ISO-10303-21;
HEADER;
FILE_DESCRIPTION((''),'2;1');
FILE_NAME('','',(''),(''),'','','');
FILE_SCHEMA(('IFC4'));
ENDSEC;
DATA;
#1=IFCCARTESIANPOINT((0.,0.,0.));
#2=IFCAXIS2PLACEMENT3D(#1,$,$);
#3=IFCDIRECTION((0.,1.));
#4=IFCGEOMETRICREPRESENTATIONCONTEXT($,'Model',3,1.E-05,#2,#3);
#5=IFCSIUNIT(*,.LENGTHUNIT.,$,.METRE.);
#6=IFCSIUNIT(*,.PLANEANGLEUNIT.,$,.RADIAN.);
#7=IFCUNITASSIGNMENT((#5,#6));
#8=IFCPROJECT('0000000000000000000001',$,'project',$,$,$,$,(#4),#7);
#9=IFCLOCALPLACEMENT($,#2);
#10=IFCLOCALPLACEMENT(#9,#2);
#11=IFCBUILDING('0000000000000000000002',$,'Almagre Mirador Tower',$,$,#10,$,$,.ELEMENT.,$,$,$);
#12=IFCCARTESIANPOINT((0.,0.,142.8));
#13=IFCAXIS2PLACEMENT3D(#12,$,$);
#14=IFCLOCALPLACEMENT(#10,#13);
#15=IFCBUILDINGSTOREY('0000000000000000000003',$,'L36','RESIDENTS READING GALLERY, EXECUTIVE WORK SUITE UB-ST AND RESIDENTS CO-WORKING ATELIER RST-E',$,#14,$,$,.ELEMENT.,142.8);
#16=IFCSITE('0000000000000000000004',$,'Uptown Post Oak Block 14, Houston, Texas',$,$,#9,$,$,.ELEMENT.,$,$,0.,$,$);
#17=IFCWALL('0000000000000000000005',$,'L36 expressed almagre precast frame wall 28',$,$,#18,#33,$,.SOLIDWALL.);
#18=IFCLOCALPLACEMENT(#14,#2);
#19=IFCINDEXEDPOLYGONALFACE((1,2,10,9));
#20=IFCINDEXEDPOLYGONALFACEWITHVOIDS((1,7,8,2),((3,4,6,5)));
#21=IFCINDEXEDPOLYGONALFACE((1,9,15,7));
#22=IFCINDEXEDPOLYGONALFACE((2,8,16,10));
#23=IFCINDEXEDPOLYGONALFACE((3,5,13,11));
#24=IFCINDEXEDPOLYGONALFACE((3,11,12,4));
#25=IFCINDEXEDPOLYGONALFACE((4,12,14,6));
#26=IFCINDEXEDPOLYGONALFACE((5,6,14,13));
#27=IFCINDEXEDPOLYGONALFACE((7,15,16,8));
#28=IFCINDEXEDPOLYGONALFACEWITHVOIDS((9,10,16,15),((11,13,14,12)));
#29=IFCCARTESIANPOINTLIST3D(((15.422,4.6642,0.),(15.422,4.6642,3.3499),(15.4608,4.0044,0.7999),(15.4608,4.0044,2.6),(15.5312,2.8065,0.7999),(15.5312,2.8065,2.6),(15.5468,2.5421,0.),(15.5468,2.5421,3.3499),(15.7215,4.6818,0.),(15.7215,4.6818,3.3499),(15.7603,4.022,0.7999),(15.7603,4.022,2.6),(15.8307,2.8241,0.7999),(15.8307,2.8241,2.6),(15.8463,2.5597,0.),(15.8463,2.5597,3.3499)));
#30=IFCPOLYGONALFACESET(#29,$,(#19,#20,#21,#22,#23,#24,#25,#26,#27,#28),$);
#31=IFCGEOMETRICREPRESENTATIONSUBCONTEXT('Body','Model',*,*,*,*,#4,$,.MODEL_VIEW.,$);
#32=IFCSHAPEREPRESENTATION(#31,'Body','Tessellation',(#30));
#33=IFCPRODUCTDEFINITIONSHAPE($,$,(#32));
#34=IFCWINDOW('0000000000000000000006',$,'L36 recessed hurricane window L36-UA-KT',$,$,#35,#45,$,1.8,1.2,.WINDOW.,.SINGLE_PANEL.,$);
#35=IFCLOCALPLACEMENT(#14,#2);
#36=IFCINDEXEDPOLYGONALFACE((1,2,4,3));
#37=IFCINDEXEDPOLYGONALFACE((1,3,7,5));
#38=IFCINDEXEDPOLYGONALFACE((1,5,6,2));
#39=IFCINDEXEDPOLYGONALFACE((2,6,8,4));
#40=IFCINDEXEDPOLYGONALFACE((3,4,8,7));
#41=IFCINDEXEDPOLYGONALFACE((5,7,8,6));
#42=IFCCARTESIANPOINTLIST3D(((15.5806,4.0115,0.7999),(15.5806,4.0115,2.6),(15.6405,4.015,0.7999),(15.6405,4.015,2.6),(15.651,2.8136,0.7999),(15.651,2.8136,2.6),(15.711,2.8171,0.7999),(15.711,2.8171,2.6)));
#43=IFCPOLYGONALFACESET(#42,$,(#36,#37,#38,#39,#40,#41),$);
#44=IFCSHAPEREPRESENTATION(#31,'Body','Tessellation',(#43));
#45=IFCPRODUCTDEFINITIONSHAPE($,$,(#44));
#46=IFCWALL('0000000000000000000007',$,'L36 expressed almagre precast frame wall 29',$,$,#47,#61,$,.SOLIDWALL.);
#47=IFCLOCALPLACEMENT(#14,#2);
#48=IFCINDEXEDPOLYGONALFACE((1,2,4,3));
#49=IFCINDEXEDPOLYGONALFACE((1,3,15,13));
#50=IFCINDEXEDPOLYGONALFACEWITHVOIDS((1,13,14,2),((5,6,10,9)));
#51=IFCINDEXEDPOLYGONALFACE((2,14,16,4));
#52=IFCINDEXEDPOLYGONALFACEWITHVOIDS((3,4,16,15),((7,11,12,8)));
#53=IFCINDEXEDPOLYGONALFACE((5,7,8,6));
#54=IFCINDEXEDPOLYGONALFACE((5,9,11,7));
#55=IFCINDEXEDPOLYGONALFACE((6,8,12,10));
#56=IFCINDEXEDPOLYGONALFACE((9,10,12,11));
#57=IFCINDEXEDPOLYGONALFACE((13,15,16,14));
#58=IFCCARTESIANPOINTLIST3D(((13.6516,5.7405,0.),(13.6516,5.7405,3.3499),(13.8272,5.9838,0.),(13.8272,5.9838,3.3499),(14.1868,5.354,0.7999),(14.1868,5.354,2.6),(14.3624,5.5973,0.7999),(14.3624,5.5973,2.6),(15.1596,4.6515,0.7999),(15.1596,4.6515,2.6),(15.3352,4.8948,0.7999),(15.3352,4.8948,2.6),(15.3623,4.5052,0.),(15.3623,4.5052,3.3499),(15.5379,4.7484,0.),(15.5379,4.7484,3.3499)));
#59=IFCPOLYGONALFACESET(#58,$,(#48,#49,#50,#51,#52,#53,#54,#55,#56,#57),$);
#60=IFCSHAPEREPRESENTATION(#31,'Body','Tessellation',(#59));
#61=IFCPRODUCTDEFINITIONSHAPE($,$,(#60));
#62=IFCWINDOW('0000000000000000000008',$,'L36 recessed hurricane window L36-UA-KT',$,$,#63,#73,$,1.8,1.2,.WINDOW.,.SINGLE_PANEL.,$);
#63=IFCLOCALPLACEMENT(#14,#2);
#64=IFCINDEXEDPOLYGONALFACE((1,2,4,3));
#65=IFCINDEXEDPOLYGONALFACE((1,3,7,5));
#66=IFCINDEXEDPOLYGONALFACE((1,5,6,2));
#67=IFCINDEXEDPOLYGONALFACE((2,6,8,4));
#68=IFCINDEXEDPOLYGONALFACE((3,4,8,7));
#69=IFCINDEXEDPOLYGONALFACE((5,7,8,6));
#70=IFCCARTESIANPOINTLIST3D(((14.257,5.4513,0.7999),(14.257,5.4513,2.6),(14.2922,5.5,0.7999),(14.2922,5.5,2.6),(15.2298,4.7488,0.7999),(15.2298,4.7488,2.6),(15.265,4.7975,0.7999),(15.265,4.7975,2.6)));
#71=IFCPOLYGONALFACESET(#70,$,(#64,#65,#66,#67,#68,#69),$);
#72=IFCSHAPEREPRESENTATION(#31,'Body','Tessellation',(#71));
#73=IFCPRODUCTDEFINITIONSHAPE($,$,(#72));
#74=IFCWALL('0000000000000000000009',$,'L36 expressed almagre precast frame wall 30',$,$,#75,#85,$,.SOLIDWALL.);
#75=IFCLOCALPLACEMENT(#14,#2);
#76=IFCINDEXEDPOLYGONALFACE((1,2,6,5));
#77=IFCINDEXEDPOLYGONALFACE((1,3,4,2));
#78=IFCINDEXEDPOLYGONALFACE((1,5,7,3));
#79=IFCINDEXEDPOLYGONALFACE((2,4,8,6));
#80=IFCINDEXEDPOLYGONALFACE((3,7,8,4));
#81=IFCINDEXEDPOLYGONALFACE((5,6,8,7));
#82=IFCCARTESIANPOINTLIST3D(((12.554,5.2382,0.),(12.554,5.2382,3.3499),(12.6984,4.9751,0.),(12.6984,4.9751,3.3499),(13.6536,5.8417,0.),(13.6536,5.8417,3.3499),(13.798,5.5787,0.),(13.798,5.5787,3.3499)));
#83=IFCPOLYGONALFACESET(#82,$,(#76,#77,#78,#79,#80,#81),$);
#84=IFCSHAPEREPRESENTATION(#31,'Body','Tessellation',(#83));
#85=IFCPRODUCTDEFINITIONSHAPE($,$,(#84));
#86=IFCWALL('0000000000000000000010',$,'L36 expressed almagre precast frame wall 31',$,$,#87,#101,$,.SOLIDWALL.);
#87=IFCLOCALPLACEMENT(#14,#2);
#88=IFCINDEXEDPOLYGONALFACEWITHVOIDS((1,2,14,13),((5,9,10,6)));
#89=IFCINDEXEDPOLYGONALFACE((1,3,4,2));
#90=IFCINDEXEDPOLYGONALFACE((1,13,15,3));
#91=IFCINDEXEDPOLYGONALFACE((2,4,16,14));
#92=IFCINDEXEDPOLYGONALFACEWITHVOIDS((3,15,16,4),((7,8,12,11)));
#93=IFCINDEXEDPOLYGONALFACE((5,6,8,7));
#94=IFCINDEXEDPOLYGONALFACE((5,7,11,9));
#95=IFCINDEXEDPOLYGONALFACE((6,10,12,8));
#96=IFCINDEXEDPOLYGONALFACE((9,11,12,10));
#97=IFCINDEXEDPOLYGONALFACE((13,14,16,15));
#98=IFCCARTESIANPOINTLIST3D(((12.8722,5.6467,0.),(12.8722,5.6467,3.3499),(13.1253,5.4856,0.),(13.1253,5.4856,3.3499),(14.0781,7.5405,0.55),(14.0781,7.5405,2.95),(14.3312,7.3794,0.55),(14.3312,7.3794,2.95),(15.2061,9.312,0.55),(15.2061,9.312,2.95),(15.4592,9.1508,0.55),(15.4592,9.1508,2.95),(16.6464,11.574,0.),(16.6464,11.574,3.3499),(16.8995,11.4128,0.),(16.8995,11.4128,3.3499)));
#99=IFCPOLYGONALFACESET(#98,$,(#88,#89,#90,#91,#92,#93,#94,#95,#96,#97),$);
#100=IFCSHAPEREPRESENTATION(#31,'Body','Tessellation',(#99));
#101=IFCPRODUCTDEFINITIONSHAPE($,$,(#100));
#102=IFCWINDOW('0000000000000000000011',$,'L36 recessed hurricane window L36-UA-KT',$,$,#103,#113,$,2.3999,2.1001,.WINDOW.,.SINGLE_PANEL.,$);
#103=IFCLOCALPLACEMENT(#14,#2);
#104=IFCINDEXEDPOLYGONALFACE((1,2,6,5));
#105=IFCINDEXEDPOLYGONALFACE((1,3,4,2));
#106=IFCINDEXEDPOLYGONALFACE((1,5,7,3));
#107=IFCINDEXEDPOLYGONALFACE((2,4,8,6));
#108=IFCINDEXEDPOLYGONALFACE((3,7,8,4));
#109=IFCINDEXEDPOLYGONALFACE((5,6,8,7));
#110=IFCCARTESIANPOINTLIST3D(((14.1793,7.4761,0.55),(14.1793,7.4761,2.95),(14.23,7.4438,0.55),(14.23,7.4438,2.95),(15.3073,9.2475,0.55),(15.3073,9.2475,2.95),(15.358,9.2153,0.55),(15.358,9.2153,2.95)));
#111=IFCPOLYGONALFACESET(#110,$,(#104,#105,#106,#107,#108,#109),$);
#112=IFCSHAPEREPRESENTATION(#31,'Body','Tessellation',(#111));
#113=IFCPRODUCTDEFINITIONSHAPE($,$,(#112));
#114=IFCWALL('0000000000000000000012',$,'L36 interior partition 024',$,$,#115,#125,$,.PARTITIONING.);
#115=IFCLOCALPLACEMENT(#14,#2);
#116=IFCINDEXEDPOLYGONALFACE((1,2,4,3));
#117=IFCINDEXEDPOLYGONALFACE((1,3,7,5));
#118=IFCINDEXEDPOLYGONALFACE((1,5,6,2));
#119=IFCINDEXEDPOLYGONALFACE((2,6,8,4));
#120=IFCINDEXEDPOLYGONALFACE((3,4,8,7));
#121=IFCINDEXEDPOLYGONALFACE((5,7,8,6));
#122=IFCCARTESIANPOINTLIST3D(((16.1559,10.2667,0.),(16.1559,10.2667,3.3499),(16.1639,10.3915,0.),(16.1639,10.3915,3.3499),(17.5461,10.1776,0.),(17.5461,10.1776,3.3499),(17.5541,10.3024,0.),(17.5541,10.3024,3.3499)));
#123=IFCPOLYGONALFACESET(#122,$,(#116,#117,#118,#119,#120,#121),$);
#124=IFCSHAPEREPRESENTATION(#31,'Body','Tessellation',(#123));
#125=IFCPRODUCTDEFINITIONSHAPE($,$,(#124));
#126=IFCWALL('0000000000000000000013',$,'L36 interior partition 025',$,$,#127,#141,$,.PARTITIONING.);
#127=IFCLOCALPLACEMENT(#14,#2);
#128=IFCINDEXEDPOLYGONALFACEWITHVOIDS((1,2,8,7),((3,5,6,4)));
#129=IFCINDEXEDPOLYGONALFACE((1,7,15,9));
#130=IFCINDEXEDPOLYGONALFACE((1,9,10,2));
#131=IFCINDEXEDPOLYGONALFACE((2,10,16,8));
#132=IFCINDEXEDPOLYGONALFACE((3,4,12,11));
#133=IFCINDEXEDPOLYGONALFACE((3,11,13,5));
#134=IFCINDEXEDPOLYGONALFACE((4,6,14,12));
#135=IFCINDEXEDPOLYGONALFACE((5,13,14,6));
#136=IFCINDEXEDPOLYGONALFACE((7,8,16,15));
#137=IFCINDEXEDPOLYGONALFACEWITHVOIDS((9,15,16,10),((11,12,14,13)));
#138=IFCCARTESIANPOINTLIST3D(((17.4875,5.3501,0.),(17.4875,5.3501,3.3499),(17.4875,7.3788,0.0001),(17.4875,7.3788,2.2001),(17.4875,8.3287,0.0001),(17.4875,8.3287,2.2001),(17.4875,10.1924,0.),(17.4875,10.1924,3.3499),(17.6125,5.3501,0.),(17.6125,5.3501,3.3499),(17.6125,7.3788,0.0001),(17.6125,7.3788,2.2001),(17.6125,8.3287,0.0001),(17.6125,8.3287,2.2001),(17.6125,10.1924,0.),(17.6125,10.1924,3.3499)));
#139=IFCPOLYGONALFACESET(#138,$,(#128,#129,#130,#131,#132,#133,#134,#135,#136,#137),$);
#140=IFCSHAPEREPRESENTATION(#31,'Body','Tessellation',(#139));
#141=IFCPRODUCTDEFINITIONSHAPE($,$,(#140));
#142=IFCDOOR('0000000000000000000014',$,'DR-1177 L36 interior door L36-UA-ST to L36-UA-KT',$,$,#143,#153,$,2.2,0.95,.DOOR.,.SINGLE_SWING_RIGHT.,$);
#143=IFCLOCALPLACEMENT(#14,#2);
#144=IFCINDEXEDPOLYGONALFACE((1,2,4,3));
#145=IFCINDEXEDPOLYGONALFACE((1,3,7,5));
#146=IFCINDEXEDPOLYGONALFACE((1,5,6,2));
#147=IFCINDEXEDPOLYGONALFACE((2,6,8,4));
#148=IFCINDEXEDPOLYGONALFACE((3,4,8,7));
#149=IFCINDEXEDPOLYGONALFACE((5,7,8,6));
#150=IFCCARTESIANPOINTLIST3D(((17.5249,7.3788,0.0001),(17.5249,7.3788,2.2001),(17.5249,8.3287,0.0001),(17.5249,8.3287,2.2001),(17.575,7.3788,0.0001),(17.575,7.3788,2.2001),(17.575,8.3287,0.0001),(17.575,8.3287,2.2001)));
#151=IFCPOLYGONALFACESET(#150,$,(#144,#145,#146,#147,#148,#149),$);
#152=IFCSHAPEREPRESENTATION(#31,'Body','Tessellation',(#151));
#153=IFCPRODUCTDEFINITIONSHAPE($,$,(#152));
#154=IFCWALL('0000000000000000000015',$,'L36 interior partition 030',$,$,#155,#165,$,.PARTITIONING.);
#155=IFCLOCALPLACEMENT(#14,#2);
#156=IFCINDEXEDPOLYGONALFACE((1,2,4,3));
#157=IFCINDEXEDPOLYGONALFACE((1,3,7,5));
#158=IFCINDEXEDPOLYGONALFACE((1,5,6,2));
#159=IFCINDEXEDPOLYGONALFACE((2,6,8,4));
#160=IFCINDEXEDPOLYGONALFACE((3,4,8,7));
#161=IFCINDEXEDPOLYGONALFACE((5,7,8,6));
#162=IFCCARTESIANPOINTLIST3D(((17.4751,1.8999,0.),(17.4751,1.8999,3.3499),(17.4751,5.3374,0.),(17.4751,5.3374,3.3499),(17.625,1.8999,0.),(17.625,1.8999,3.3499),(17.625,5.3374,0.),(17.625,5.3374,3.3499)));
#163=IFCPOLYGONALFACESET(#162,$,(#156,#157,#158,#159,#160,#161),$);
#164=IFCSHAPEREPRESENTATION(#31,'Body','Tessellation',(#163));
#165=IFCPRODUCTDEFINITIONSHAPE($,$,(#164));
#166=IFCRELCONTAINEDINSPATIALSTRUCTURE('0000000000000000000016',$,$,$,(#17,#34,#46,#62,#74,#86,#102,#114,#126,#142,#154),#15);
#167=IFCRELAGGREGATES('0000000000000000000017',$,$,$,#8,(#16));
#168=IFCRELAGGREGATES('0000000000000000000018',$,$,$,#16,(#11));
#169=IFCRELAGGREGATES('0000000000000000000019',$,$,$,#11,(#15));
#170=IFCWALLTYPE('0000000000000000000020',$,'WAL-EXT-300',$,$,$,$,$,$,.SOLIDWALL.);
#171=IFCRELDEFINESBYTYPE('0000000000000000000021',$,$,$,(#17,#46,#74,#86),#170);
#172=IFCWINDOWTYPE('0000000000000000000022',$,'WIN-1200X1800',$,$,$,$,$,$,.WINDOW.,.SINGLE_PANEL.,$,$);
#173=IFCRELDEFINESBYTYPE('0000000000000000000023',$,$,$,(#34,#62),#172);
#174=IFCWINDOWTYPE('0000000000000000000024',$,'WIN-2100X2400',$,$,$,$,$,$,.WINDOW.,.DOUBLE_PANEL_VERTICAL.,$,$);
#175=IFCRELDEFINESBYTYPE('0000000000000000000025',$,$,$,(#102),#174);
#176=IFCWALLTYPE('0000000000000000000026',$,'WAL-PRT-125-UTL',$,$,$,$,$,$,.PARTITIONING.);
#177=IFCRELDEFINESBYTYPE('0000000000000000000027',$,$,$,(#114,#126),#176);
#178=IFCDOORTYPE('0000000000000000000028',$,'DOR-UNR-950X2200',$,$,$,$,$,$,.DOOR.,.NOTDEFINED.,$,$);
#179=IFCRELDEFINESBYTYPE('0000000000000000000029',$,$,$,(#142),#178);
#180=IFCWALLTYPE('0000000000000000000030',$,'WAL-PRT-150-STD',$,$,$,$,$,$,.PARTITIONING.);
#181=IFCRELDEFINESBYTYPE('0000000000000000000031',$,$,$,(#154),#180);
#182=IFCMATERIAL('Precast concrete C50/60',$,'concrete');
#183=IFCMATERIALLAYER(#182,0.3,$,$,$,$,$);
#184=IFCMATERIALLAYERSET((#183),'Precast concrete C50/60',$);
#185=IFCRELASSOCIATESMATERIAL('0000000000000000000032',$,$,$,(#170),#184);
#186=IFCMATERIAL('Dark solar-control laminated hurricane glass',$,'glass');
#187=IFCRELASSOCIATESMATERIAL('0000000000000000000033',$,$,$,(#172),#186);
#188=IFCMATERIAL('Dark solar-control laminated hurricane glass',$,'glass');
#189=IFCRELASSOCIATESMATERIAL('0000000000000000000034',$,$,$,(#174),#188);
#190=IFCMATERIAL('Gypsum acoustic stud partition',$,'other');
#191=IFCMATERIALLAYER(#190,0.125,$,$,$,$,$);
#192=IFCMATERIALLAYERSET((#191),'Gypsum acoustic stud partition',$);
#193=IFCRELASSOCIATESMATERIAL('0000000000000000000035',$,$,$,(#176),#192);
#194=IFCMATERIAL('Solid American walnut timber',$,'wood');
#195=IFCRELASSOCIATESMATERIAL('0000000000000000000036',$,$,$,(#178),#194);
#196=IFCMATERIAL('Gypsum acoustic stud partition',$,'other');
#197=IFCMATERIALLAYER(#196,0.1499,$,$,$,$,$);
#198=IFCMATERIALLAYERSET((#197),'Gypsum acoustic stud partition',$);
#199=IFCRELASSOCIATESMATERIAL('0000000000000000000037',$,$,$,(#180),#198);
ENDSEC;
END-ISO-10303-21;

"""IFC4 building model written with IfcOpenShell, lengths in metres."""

from ifc_helpers import new_model, si_unit, direction, frame, frame_2d, origin, place, context, subcontext, project, spatial, rectangle, extrude, material, layer, layer_set, type_object, element, fill, save


model = new_model("IFC4")

# Units and contexts
model_context = context("Model", 3, precision=1e-05, world=origin(), true_north=direction((0.0, 1.0)))
body_context = subcontext(model_context, "Body", "Model", "MODEL_VIEW")
ifc_project = project(units=[si_unit("LENGTHUNIT", "METRE"), si_unit("PLANEANGLEUNIT", "RADIAN")], contexts=[model_context])

# Site, building, storey
site_placement = place(None, origin())
site = spatial("IfcSite", under=ifc_project, at=site_placement, Name="Uptown Post Oak Block 14, Houston, Texas", CompositionType="ELEMENT", RefElevation=0.0)
building_placement = place(site_placement, origin())
building = spatial("IfcBuilding", under=site, at=building_placement, Name="Almagre Mirador Tower", CompositionType="ELEMENT")
storey_placement = place(building_placement, frame((0.0, 0.0, 142.8)))
storey = spatial("IfcBuildingStorey", under=building, at=storey_placement, Name="L36", Description="RESIDENTS READING GALLERY, EXECUTIVE WORK SUITE UB-ST AND RESIDENTS CO-WORKING ATELIER RST-E", CompositionType="ELEMENT", Elevation=142.8)

# Shared definitions
ifc_material_1 = material(Name="Precast concrete C50/60", Category="concrete")
ifc_layer_1 = layer(ifc_material_1, 0.3)
ifc_layer_set_1 = layer_set([ifc_layer_1], Name="Precast concrete C50/60")
wall_type_1 = type_object("IfcWallType", Name="WAL-EXT-300", PredefinedType="SOLIDWALL", material=ifc_layer_set_1)

# Walls, openings, windows
wall_1_placement = place(storey_placement, frame((15.6965, 2.5508, 0.0), z_axis=(0.0, 0.0, 1.0), x_axis=(-0.058688, 0.998276, 0.0)))
wall_1 = element("IfcWall", 1, at=wall_1_placement, inside=storey, type_object=wall_type_1, Name="L36 expressed almagre precast frame wall 28", PredefinedType="SOLIDWALL", context=body_context, shape_type="SweptSolid", body=[
    extrude(rectangle(XDim=2.1257, YDim=0.3, at=frame_2d((1.063, 0.0))), origin(), (0.0, 0.0, 1.0), 3.3499),
])
opening_1_placement = place(wall_1_placement, frame((0.2649, 0.0, 0.8)))
opening_1 = element("IfcOpeningElement", 2, at=opening_1_placement, cuts=wall_1, PredefinedType="OPENING", context=body_context, shape_type="SweptSolid", body=[
    extrude(rectangle(XDim=1.2, YDim=1.8, at=frame_2d((0.6001, 0.8999))), frame((0.0, 0.1599, 0.0), z_axis=(0.0, -1.0, 0.0), x_axis=(1.0, 0.0, 0.0)), (0.0, 0.0, 1.0), 0.32),
])
ifc_material_2 = material(Name="Dark solar-control laminated hurricane glass", Category="glass")
window_type_1 = type_object("IfcWindowType", Name="WIN-1200X1800", PartitioningType="SINGLE_PANEL", PredefinedType="WINDOW", material=ifc_material_2)
window_1_placement = place(opening_1_placement, origin())
window_1 = element("IfcWindow", 3, at=window_1_placement, inside=storey, type_object=window_type_1, Name="L36 recessed hurricane window L36-UA-KT", OverallHeight=1.8, OverallWidth=1.2, PartitioningType="SINGLE_PANEL", PredefinedType="WINDOW", context=body_context, shape_type="SweptSolid", body=[
    extrude(rectangle(XDim=1.2, YDim=1.8, at=frame_2d((0.6001, 0.8999))), frame((0.0, 0.03, 0.0), z_axis=(0.0, -1.0, 0.0), x_axis=(1.0, 0.0, 0.0)), (0.0, 0.0, 1.0), 0.0601),
])
fill(opening_1, window_1)
wall_2_placement = place(storey_placement, frame((15.4502, 4.6267, 0.0), z_axis=(0.0, 0.0, 1.0), x_axis=(-0.810713, 0.585444, 0.0)))
wall_2 = element("IfcWall", 4, at=wall_2_placement, inside=storey, type_object=wall_type_1, Name="L36 expressed almagre precast frame wall 29", PredefinedType="SOLIDWALL", context=body_context, shape_type="SweptSolid", body=[
    extrude(rectangle(XDim=2.1101, YDim=0.3, at=frame_2d((1.0552, 0.0))), origin(), (0.0, 0.0, 1.0), 3.3499),
])
opening_2_placement = place(wall_2_placement, frame((0.25, 0.0, 0.8)))
opening_2 = element("IfcOpeningElement", 5, at=opening_2_placement, cuts=wall_2, PredefinedType="OPENING", context=body_context, shape_type="SweptSolid", body=[
    extrude(rectangle(XDim=1.2, YDim=1.8, at=frame_2d((0.6001, 0.8999))), frame((0.0, 0.1599, 0.0), z_axis=(0.0, -1.0, 0.0), x_axis=(1.0, 0.0, 0.0)), (0.0, 0.0, 1.0), 0.32),
])
window_2_placement = place(opening_2_placement, origin())
window_2 = element("IfcWindow", 6, at=window_2_placement, inside=storey, type_object=window_type_1, Name="L36 recessed hurricane window L36-UA-KT", OverallHeight=1.8, OverallWidth=1.2, PartitioningType="SINGLE_PANEL", PredefinedType="WINDOW", context=body_context, shape_type="SweptSolid", body=[
    extrude(rectangle(XDim=1.2, YDim=1.8, at=frame_2d((0.6001, 0.8999))), frame((0.0, 0.03, 0.0), z_axis=(0.0, -1.0, 0.0), x_axis=(1.0, 0.0, 0.0)), (0.0, 0.0, 1.0), 0.0601),
])
fill(opening_2, window_2)

# Wall
wall_3_placement = place(storey_placement, frame((13.7258, 5.7102, 0.0), z_axis=(0.0, 0.0, 1.0), x_axis=(-0.876643, -0.481142, 0.0)))
element("IfcWall", 7, at=wall_3_placement, inside=storey, type_object=wall_type_1, Name="L36 expressed almagre precast frame wall 30", PredefinedType="SOLIDWALL", context=body_context, shape_type="SweptSolid", body=[
    extrude(rectangle(XDim=1.2544, YDim=0.3, at=frame_2d((0.6272, 0.0))), origin(), (0.0, 0.0, 1.0), 3.3499),
])

# Wall, opening, window
wall_4_placement = place(storey_placement, frame((12.9988, 5.5662, 0.0), z_axis=(0.0, 0.0, 1.0), x_axis=(0.537107, 0.843514, 0.0)))
wall_4 = element("IfcWall", 8, at=wall_4_placement, inside=storey, type_object=wall_type_1, Name="L36 expressed almagre precast frame wall 31", PredefinedType="SOLIDWALL", context=body_context, shape_type="SweptSolid", body=[
    extrude(rectangle(XDim=7.0269, YDim=0.3, at=frame_2d((3.5134, 0.0))), origin(), (0.0, 0.0, 1.0), 3.3499),
])
opening_3_placement = place(wall_4_placement, frame((2.2451, 0.0, 0.55)))
opening_3 = element("IfcOpeningElement", 9, at=opening_3_placement, cuts=wall_4, PredefinedType="OPENING", context=body_context, shape_type="SweptSolid", body=[
    extrude(rectangle(XDim=2.1001, YDim=2.3999, at=frame_2d((1.05, 1.2))), frame((0.0, 0.1599, 0.0), z_axis=(0.0, -1.0, 0.0), x_axis=(1.0, 0.0, 0.0)), (0.0, 0.0, 1.0), 0.32),
])
ifc_material_3 = material(Name="Dark solar-control laminated hurricane glass", Category="glass")
window_type_2 = type_object("IfcWindowType", Name="WIN-2100X2400", PartitioningType="DOUBLE_PANEL_VERTICAL", PredefinedType="WINDOW", material=ifc_material_3)
window_3_placement = place(opening_3_placement, origin())
window_3 = element("IfcWindow", 10, at=window_3_placement, inside=storey, type_object=window_type_2, Name="L36 recessed hurricane window L36-UA-KT", OverallHeight=2.3999, OverallWidth=2.1001, PartitioningType="SINGLE_PANEL", PredefinedType="WINDOW", context=body_context, shape_type="SweptSolid", body=[
    extrude(rectangle(XDim=2.1001, YDim=2.3999, at=frame_2d((1.05, 1.2))), frame((0.0, 0.03, 0.0), z_axis=(0.0, -1.0, 0.0), x_axis=(1.0, 0.0, 0.0)), (0.0, 0.0, 1.0), 0.0601),
])
fill(opening_3, window_3)

# Wall
ifc_material_4 = material(Name="Gypsum acoustic stud partition", Category="other")
ifc_layer_2 = layer(ifc_material_4, 0.125)
ifc_layer_set_2 = layer_set([ifc_layer_2], Name="Gypsum acoustic stud partition")
wall_type_2 = type_object("IfcWallType", Name="WAL-PRT-125-UTL", PredefinedType="PARTITIONING", material=ifc_layer_set_2)
wall_5_placement = place(storey_placement, frame((16.1599, 10.3291, 0.0), z_axis=(0.0, 0.0, 1.0), x_axis=(0.997952, -0.063971, 0.0)))
element("IfcWall", 11, at=wall_5_placement, inside=storey, type_object=wall_type_2, Name="L36 interior partition 024", PredefinedType="PARTITIONING", context=body_context, shape_type="SweptSolid", body=[
    extrude(rectangle(XDim=1.3931, YDim=0.125, at=frame_2d((0.6965, 0.0))), origin(), (0.0, 0.0, 1.0), 3.3499),
])

# Wall, opening, door
wall_6_placement = place(storey_placement, frame((17.55, 10.1924, 0.0), z_axis=(0.0, 0.0, 1.0), x_axis=(0.0, -1.0, 0.0)))
wall_6 = element("IfcWall", 12, at=wall_6_placement, inside=storey, type_object=wall_type_2, Name="L36 interior partition 025", PredefinedType="PARTITIONING", context=body_context, shape_type="SweptSolid", body=[
    extrude(rectangle(XDim=4.8423, YDim=0.125, at=frame_2d((2.4211, 0.0))), origin(), (0.0, 0.0, 1.0), 3.3499),
])
opening_4_placement = place(wall_6_placement, frame((1.8635, 0.0, 0.0)))
opening_4 = element("IfcOpeningElement", 13, at=opening_4_placement, cuts=wall_6, PredefinedType="OPENING", context=body_context, shape_type="SweptSolid", body=[
    extrude(rectangle(XDim=0.95, YDim=2.2, at=frame_2d((0.4751, 1.1001))), frame((0.0, 0.0725, 0.0), z_axis=(0.0, -1.0, 0.0), x_axis=(1.0, 0.0, 0.0)), (0.0, 0.0, 1.0), 0.145),
])
ifc_material_5 = material(Name="Solid American walnut timber", Category="wood")
door_type = type_object("IfcDoorType", Name="DOR-UNR-950X2200", OperationType="NOTDEFINED", PredefinedType="DOOR", material=ifc_material_5)
door_placement = place(opening_4_placement, origin())
door = element("IfcDoor", 14, at=door_placement, inside=storey, type_object=door_type, Name="DR-1177 L36 interior door L36-UA-ST to L36-UA-KT", OperationType="SINGLE_SWING_RIGHT", OverallHeight=2.2, OverallWidth=0.95, PredefinedType="DOOR", context=body_context, shape_type="SweptSolid", body=[
    extrude(rectangle(XDim=0.95, YDim=2.2, at=frame_2d((0.4751, 1.1001))), frame((0.0, 0.0249, 0.0), z_axis=(0.0, -1.0, 0.0), x_axis=(1.0, 0.0, 0.0)), (0.0, 0.0, 1.0), 0.05),
])
fill(opening_4, door)

# Wall
ifc_material_6 = material(Name="Gypsum acoustic stud partition", Category="other")
ifc_layer_3 = layer(ifc_material_6, 0.1499)
ifc_layer_set_3 = layer_set([ifc_layer_3], Name="Gypsum acoustic stud partition")
wall_type_3 = type_object("IfcWallType", Name="WAL-PRT-150-STD", PredefinedType="PARTITIONING", material=ifc_layer_set_3)
wall_7_placement = place(storey_placement, frame((17.55, 1.8999, 0.0), z_axis=(0.0, 0.0, 1.0), x_axis=(0.0, 1.0, 0.0)))
element("IfcWall", 15, at=wall_7_placement, inside=storey, type_object=wall_type_3, Name="L36 interior partition 030", PredefinedType="PARTITIONING", context=body_context, shape_type="SweptSolid", body=[
    extrude(rectangle(XDim=3.4375, YDim=0.1499, at=frame_2d((1.7188, 0.0))), origin(), (0.0, 0.0, 1.0), 3.3499),
])

save(model, "model.ifc")
